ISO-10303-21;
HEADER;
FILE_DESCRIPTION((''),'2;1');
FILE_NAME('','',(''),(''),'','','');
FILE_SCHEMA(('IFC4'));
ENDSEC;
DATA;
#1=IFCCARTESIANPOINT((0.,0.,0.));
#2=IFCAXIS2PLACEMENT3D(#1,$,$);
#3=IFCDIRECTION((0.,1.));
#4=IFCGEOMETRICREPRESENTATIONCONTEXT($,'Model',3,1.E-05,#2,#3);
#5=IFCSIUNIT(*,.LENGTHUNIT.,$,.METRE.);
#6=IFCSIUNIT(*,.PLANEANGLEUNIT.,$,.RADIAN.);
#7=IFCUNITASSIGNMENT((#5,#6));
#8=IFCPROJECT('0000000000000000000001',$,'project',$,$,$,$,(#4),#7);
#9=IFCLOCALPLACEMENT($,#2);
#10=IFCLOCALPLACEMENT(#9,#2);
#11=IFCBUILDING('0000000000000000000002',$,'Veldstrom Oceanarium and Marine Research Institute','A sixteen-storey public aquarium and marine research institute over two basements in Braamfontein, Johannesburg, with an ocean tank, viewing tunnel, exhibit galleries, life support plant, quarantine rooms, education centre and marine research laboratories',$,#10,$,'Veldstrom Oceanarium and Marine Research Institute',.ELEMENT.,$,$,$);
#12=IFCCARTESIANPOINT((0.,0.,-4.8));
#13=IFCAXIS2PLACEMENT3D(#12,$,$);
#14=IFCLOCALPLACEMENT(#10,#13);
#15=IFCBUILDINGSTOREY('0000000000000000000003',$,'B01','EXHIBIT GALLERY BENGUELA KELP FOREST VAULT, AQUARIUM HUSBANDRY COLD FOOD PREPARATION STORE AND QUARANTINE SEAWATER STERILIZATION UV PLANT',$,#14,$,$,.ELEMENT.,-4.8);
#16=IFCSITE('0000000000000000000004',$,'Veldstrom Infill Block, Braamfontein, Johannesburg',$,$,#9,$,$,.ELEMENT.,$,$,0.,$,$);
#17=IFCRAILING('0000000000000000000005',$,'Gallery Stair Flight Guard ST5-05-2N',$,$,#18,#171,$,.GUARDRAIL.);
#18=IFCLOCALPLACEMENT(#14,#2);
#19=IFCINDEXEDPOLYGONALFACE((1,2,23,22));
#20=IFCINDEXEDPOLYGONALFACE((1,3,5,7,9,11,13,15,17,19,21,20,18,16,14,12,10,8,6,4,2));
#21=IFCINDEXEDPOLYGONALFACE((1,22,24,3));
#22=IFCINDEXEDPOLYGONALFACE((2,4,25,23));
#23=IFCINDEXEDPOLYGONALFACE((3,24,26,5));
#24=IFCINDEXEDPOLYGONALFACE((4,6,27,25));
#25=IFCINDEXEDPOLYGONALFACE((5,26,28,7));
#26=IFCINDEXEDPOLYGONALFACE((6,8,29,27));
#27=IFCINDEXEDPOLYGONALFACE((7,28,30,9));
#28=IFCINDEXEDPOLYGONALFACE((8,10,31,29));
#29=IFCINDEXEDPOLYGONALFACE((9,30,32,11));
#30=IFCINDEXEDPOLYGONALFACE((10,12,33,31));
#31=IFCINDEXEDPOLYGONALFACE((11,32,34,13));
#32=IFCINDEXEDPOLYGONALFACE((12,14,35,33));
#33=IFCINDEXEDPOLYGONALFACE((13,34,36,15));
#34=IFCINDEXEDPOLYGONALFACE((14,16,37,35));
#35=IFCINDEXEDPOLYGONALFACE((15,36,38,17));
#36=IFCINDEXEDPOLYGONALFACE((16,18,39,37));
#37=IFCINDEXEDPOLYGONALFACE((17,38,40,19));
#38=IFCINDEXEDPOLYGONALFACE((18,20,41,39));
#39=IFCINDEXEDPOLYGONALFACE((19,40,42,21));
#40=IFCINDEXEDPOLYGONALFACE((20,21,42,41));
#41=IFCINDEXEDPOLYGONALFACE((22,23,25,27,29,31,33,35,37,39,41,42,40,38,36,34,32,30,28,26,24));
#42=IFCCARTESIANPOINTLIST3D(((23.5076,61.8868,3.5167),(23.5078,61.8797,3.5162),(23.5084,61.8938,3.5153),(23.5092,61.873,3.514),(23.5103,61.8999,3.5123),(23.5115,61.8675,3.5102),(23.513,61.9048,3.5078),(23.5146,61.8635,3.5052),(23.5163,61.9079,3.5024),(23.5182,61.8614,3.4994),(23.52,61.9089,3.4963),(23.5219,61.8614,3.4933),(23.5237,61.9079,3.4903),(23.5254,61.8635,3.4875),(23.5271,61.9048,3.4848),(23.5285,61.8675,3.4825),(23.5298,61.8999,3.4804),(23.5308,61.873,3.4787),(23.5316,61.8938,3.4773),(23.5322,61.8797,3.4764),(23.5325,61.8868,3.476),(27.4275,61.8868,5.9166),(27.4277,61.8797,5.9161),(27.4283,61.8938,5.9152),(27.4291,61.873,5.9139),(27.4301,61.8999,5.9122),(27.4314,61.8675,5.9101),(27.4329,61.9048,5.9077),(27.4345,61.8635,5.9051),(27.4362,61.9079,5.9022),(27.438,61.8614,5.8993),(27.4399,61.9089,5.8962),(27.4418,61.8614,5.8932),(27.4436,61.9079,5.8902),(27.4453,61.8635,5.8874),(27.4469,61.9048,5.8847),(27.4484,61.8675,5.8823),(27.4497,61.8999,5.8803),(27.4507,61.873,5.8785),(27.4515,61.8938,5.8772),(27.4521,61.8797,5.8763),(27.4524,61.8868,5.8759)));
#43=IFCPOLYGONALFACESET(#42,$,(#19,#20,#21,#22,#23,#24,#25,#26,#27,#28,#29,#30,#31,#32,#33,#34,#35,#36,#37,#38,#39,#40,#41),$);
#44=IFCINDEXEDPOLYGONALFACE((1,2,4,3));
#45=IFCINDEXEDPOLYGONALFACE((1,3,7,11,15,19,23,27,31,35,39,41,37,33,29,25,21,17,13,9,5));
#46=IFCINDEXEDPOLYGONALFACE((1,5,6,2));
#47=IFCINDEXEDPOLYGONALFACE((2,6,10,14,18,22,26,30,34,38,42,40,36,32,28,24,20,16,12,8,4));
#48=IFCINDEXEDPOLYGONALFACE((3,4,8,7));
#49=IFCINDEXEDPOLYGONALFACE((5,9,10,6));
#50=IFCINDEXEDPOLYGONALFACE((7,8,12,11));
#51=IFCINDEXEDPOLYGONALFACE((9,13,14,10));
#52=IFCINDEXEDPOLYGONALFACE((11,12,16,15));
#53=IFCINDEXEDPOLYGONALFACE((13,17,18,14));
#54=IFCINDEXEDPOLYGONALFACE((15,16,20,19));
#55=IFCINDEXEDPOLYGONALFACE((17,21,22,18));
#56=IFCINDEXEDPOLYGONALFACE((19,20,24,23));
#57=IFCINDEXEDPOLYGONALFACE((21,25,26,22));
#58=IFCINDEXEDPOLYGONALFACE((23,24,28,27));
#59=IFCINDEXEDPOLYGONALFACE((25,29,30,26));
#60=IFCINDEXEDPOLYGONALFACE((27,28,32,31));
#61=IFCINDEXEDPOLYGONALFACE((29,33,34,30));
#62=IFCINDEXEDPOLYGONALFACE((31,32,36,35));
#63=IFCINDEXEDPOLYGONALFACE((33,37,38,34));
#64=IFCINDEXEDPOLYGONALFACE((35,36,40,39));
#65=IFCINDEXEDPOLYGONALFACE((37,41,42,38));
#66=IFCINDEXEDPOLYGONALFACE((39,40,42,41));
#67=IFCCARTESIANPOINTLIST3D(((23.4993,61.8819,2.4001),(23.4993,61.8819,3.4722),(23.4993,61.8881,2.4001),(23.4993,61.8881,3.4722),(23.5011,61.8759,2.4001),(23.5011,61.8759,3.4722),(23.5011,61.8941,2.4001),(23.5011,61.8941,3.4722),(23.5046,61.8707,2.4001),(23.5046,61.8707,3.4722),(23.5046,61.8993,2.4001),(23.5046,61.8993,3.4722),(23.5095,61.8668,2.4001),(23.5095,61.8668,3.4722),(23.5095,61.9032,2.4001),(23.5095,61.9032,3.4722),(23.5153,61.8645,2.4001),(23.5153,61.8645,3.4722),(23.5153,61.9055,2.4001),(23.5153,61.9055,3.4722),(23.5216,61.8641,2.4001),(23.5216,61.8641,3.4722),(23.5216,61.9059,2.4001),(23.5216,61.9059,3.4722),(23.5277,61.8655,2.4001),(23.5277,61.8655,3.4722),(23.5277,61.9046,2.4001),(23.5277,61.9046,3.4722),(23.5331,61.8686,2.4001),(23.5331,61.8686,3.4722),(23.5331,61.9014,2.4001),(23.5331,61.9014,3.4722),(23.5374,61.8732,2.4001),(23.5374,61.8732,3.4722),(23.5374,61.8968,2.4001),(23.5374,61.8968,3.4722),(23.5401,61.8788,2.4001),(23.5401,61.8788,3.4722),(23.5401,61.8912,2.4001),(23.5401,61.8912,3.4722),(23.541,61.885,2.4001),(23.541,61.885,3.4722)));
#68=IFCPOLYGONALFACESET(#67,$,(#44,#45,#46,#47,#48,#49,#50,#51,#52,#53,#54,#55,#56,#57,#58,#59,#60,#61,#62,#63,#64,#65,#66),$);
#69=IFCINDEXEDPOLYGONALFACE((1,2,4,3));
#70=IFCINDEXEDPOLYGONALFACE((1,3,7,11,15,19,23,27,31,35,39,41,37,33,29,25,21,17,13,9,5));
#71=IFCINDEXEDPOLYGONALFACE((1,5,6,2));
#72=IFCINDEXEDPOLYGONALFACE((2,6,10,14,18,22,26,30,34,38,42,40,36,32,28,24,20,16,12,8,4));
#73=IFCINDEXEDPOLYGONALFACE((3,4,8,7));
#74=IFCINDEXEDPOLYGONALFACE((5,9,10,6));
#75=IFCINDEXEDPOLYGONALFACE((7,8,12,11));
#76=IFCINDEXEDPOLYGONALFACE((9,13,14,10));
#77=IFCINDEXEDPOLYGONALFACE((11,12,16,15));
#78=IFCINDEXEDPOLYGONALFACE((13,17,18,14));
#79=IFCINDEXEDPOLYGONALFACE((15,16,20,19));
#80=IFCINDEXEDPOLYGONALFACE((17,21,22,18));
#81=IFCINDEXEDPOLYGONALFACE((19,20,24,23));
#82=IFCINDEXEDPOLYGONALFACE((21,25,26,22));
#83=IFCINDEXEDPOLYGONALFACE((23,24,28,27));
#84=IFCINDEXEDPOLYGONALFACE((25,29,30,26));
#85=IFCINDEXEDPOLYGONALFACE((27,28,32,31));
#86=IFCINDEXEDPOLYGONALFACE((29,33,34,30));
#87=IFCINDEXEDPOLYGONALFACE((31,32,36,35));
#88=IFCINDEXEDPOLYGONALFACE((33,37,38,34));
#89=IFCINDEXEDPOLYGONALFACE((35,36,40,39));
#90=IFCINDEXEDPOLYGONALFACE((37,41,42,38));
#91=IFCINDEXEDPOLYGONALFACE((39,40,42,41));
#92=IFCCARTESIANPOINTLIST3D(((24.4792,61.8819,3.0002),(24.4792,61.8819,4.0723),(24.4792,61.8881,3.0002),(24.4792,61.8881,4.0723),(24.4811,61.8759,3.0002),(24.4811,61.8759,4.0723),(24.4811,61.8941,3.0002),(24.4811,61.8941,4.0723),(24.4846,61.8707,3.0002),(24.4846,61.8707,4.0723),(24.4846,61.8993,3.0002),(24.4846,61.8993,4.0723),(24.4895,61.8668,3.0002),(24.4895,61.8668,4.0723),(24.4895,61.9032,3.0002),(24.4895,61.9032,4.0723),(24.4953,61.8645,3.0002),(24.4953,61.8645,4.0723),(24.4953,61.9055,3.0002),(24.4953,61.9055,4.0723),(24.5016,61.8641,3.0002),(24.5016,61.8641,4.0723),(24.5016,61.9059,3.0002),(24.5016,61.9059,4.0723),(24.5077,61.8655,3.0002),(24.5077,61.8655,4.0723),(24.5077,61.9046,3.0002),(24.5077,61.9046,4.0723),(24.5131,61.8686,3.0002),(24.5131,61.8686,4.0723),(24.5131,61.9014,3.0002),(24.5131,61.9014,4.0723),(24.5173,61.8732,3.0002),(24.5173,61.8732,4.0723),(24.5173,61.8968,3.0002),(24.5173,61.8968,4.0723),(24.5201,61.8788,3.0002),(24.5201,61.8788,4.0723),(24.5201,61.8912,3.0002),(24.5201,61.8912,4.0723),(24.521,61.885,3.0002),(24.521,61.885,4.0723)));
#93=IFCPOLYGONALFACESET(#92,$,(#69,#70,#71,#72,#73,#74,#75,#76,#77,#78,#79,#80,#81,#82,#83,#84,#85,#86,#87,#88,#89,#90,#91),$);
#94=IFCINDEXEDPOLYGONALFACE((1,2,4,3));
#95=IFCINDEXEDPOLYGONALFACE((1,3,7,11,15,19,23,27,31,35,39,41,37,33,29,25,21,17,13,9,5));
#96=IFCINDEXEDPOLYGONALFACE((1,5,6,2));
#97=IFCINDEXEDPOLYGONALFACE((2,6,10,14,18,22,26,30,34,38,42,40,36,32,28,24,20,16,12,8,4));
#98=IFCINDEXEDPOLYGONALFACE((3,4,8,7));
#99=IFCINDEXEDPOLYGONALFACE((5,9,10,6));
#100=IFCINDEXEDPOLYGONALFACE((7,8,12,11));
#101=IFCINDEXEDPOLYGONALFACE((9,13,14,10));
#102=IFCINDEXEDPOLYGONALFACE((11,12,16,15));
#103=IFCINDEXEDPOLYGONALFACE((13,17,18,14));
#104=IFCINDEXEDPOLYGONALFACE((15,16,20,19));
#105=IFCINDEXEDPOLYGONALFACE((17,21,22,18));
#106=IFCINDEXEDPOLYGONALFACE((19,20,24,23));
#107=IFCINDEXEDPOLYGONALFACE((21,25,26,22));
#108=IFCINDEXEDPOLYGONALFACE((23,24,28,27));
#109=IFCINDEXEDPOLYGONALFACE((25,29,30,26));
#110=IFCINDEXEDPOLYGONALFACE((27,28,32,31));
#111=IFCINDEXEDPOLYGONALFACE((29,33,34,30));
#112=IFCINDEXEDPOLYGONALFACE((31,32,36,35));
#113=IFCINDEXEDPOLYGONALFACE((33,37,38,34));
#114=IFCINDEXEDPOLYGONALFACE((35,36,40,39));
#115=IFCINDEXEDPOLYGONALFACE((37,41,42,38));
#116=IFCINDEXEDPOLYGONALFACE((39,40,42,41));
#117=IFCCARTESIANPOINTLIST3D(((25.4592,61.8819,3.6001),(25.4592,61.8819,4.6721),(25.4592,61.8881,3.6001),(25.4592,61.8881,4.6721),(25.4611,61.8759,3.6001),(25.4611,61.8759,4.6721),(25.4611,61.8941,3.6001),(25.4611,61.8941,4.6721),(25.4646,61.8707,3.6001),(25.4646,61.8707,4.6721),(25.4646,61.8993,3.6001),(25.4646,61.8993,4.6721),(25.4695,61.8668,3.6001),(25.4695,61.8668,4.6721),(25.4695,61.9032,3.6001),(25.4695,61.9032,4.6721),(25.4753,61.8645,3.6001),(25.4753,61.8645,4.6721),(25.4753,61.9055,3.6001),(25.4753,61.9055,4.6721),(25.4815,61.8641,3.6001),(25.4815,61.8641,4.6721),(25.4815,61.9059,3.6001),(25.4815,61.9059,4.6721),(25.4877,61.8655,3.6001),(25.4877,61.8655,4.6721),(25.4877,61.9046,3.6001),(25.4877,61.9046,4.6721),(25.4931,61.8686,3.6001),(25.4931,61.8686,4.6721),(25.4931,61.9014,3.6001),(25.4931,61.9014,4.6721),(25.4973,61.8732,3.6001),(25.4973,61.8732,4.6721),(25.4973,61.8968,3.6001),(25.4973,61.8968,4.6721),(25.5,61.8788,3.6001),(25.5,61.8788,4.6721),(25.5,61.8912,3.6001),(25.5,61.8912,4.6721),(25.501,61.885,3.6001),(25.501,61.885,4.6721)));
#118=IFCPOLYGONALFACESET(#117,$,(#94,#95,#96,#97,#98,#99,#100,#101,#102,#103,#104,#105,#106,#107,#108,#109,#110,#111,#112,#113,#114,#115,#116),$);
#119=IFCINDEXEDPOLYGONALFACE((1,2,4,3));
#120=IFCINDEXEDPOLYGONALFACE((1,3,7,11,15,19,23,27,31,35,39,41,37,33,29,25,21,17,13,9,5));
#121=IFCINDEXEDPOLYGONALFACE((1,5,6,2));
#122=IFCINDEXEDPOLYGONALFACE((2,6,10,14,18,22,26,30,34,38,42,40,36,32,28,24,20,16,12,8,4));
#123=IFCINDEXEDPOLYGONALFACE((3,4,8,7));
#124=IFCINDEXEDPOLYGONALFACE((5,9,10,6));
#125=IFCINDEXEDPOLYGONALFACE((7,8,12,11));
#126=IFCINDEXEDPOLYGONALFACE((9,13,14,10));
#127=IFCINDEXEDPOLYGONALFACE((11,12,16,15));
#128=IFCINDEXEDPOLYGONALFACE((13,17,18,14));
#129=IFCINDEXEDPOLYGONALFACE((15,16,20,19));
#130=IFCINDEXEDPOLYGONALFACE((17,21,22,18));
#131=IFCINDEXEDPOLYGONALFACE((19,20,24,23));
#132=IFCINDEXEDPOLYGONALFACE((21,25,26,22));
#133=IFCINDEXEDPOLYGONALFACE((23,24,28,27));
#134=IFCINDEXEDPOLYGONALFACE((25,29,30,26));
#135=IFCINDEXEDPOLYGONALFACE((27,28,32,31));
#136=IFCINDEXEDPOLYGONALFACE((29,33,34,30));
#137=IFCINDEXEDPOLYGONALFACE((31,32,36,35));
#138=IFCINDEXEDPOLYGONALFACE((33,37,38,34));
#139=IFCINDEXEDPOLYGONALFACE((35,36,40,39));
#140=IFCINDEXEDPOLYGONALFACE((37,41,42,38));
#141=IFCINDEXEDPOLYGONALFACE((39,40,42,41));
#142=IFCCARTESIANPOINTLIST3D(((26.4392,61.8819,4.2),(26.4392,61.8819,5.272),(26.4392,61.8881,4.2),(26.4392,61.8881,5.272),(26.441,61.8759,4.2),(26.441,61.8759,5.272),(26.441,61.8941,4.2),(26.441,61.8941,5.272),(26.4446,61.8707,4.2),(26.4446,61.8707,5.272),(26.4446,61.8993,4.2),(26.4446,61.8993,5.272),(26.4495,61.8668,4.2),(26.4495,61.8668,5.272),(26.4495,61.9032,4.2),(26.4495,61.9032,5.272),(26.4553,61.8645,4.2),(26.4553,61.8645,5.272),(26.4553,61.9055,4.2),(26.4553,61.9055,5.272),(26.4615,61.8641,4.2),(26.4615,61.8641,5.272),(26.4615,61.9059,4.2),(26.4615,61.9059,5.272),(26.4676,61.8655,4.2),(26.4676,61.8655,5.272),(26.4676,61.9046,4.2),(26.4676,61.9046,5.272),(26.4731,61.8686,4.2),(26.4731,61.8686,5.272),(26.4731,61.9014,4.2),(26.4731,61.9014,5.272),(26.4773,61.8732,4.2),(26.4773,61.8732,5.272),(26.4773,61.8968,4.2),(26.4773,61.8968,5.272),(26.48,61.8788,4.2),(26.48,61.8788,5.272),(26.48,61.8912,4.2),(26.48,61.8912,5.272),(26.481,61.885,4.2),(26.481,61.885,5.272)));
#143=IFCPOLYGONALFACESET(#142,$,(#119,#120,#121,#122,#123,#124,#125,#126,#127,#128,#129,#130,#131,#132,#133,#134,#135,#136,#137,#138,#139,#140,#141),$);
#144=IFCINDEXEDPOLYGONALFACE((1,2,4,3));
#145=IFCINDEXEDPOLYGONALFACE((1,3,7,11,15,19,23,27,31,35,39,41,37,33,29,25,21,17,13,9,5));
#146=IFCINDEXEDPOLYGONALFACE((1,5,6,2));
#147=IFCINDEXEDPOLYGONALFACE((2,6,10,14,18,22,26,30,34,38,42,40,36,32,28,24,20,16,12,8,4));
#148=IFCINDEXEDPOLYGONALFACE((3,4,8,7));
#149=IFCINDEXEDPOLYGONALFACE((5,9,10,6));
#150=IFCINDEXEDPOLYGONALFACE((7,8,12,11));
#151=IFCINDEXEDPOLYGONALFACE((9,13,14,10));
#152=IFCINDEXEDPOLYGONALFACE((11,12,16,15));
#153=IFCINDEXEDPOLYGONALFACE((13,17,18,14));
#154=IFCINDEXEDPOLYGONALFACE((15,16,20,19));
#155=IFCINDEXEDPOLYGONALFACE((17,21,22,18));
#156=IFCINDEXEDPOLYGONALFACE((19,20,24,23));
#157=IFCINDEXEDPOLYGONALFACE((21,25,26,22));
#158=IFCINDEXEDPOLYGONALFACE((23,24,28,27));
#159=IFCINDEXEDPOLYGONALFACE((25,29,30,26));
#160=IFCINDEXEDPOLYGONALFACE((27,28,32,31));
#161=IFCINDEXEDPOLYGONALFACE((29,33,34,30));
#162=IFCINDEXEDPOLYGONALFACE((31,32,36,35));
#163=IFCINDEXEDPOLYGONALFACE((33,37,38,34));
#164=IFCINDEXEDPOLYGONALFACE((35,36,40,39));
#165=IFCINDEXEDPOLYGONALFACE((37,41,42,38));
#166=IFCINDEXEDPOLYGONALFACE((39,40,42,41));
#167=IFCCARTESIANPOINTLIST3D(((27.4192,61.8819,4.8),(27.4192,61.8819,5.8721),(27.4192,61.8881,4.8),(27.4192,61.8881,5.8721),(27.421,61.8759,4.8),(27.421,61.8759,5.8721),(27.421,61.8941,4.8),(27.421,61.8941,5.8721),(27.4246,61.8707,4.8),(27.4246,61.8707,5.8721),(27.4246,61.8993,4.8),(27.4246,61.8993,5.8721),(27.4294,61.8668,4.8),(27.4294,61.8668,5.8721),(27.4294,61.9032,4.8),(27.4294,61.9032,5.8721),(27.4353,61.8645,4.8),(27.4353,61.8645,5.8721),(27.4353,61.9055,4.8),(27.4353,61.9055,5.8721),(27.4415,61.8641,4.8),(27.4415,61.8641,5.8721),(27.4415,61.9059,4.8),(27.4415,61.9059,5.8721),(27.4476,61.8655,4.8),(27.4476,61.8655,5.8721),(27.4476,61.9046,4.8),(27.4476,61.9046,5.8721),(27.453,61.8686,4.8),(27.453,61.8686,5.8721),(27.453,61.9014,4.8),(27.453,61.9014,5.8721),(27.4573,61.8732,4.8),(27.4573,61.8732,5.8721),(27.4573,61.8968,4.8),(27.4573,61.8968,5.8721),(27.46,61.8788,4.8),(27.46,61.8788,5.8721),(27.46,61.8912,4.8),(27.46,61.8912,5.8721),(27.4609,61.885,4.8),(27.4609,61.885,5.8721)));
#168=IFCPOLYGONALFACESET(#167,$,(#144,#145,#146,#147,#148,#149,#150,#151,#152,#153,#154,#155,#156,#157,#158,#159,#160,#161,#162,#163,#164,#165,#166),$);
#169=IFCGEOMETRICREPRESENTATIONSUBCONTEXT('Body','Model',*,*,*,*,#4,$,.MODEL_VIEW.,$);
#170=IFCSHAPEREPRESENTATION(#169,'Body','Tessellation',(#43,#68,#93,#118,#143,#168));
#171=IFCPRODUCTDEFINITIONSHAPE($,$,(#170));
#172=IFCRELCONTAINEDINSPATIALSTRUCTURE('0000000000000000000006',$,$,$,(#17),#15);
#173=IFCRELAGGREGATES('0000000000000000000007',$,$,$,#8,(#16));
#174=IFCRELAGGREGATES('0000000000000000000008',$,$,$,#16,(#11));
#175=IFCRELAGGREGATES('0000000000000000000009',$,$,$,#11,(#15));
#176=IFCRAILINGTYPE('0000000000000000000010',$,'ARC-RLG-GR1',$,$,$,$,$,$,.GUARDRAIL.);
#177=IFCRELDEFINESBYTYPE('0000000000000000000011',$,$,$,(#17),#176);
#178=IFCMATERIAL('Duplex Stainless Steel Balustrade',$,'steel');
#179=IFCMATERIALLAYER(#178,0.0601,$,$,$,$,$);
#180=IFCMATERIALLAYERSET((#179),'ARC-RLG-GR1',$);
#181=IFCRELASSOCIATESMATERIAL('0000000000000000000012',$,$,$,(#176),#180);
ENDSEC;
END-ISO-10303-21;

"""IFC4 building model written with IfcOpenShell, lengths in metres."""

from ifc_helpers import new_model, si_unit, direction, frame, origin, origin_2d, place, context, subcontext, project, spatial, circle, extrude, material, layer, layer_set, type_object, element, save


model = new_model("IFC4")

# Units and contexts
model_context = context("Model", 3, precision=1e-05, world=origin(), true_north=direction((0.0, 1.0)))
body_context = subcontext(model_context, "Body", "Model", "MODEL_VIEW")
ifc_project = project(units=[si_unit("LENGTHUNIT", "METRE"), si_unit("PLANEANGLEUNIT", "RADIAN")], contexts=[model_context])

# Site, building, storey
site_placement = place(None, origin())
site = spatial("IfcSite", under=ifc_project, at=site_placement, Name="Veldstrom Infill Block, Braamfontein, Johannesburg", CompositionType="ELEMENT", RefElevation=0.0)
building_placement = place(site_placement, origin())
building = spatial("IfcBuilding", under=site, at=building_placement, Name="Veldstrom Oceanarium and Marine Research Institute", Description="A sixteen-storey public aquarium and marine research institute over two basements in Braamfontein, Johannesburg, with an ocean tank, viewing tunnel, exhibit galleries, life support plant, quarantine rooms, education centre and marine research laboratories", LongName="Veldstrom Oceanarium and Marine Research Institute", CompositionType="ELEMENT")
storey_placement = place(building_placement, frame((0.0, 0.0, -4.8)))
storey = spatial("IfcBuildingStorey", under=building, at=storey_placement, Name="B01", Description="EXHIBIT GALLERY BENGUELA KELP FOREST VAULT, AQUARIUM HUSBANDRY COLD FOOD PREPARATION STORE AND QUARANTINE SEAWATER STERILIZATION UV PLANT", CompositionType="ELEMENT", Elevation=-4.8)

# Railing
ifc_material_1 = material(Name="Duplex Stainless Steel Balustrade", Category="steel")
ifc_layer_1 = layer(ifc_material_1, 0.0601)
ifc_layer_set_1 = layer_set([ifc_layer_1], Name="ARC-RLG-GR1")
railing_type = type_object("IfcRailingType", Name="ARC-RLG-GR1", PredefinedType="GUARDRAIL", material=ifc_layer_set_1)
railing_1_placement = place(storey_placement, frame((23.52, 61.885, 2.4001)))
element("IfcRailing", 1, at=railing_1_placement, inside=storey, type_object=railing_type, Name="Gallery Stair Flight Guard ST5-05-2N", PredefinedType="GUARDRAIL", context=body_context, shape_type="SweptSolid", body=[
    extrude(circle(Radius=0.0239, at=origin_2d()), frame((0.0, 0.0, 1.0962), z_axis=(0.852856, 0.0, 0.522146), x_axis=(0.0, 1.0, 0.0)), (0.0, 0.0, 1.0), 4.5962),
    extrude(circle(Radius=0.021, at=origin_2d()), origin(), (0.0, 0.0, 1.0), 1.072),
    extrude(circle(Radius=0.021, at=origin_2d()), frame((0.98, 0.0, 0.6001)), (0.0, 0.0, 1.0), 1.072),
    extrude(circle(Radius=0.021, at=origin_2d()), frame((1.96, 0.0, 1.2)), (0.0, 0.0, 1.0), 1.072),
    extrude(circle(Radius=0.021, at=origin_2d()), frame((2.9399, 0.0, 1.7998)), (0.0, 0.0, 1.0), 1.072),
    extrude(circle(Radius=0.021, at=origin_2d()), frame((3.9199, 0.0, 2.3999)), (0.0, 0.0, 1.0), 1.072),
])

save(model, "model.ifc")
